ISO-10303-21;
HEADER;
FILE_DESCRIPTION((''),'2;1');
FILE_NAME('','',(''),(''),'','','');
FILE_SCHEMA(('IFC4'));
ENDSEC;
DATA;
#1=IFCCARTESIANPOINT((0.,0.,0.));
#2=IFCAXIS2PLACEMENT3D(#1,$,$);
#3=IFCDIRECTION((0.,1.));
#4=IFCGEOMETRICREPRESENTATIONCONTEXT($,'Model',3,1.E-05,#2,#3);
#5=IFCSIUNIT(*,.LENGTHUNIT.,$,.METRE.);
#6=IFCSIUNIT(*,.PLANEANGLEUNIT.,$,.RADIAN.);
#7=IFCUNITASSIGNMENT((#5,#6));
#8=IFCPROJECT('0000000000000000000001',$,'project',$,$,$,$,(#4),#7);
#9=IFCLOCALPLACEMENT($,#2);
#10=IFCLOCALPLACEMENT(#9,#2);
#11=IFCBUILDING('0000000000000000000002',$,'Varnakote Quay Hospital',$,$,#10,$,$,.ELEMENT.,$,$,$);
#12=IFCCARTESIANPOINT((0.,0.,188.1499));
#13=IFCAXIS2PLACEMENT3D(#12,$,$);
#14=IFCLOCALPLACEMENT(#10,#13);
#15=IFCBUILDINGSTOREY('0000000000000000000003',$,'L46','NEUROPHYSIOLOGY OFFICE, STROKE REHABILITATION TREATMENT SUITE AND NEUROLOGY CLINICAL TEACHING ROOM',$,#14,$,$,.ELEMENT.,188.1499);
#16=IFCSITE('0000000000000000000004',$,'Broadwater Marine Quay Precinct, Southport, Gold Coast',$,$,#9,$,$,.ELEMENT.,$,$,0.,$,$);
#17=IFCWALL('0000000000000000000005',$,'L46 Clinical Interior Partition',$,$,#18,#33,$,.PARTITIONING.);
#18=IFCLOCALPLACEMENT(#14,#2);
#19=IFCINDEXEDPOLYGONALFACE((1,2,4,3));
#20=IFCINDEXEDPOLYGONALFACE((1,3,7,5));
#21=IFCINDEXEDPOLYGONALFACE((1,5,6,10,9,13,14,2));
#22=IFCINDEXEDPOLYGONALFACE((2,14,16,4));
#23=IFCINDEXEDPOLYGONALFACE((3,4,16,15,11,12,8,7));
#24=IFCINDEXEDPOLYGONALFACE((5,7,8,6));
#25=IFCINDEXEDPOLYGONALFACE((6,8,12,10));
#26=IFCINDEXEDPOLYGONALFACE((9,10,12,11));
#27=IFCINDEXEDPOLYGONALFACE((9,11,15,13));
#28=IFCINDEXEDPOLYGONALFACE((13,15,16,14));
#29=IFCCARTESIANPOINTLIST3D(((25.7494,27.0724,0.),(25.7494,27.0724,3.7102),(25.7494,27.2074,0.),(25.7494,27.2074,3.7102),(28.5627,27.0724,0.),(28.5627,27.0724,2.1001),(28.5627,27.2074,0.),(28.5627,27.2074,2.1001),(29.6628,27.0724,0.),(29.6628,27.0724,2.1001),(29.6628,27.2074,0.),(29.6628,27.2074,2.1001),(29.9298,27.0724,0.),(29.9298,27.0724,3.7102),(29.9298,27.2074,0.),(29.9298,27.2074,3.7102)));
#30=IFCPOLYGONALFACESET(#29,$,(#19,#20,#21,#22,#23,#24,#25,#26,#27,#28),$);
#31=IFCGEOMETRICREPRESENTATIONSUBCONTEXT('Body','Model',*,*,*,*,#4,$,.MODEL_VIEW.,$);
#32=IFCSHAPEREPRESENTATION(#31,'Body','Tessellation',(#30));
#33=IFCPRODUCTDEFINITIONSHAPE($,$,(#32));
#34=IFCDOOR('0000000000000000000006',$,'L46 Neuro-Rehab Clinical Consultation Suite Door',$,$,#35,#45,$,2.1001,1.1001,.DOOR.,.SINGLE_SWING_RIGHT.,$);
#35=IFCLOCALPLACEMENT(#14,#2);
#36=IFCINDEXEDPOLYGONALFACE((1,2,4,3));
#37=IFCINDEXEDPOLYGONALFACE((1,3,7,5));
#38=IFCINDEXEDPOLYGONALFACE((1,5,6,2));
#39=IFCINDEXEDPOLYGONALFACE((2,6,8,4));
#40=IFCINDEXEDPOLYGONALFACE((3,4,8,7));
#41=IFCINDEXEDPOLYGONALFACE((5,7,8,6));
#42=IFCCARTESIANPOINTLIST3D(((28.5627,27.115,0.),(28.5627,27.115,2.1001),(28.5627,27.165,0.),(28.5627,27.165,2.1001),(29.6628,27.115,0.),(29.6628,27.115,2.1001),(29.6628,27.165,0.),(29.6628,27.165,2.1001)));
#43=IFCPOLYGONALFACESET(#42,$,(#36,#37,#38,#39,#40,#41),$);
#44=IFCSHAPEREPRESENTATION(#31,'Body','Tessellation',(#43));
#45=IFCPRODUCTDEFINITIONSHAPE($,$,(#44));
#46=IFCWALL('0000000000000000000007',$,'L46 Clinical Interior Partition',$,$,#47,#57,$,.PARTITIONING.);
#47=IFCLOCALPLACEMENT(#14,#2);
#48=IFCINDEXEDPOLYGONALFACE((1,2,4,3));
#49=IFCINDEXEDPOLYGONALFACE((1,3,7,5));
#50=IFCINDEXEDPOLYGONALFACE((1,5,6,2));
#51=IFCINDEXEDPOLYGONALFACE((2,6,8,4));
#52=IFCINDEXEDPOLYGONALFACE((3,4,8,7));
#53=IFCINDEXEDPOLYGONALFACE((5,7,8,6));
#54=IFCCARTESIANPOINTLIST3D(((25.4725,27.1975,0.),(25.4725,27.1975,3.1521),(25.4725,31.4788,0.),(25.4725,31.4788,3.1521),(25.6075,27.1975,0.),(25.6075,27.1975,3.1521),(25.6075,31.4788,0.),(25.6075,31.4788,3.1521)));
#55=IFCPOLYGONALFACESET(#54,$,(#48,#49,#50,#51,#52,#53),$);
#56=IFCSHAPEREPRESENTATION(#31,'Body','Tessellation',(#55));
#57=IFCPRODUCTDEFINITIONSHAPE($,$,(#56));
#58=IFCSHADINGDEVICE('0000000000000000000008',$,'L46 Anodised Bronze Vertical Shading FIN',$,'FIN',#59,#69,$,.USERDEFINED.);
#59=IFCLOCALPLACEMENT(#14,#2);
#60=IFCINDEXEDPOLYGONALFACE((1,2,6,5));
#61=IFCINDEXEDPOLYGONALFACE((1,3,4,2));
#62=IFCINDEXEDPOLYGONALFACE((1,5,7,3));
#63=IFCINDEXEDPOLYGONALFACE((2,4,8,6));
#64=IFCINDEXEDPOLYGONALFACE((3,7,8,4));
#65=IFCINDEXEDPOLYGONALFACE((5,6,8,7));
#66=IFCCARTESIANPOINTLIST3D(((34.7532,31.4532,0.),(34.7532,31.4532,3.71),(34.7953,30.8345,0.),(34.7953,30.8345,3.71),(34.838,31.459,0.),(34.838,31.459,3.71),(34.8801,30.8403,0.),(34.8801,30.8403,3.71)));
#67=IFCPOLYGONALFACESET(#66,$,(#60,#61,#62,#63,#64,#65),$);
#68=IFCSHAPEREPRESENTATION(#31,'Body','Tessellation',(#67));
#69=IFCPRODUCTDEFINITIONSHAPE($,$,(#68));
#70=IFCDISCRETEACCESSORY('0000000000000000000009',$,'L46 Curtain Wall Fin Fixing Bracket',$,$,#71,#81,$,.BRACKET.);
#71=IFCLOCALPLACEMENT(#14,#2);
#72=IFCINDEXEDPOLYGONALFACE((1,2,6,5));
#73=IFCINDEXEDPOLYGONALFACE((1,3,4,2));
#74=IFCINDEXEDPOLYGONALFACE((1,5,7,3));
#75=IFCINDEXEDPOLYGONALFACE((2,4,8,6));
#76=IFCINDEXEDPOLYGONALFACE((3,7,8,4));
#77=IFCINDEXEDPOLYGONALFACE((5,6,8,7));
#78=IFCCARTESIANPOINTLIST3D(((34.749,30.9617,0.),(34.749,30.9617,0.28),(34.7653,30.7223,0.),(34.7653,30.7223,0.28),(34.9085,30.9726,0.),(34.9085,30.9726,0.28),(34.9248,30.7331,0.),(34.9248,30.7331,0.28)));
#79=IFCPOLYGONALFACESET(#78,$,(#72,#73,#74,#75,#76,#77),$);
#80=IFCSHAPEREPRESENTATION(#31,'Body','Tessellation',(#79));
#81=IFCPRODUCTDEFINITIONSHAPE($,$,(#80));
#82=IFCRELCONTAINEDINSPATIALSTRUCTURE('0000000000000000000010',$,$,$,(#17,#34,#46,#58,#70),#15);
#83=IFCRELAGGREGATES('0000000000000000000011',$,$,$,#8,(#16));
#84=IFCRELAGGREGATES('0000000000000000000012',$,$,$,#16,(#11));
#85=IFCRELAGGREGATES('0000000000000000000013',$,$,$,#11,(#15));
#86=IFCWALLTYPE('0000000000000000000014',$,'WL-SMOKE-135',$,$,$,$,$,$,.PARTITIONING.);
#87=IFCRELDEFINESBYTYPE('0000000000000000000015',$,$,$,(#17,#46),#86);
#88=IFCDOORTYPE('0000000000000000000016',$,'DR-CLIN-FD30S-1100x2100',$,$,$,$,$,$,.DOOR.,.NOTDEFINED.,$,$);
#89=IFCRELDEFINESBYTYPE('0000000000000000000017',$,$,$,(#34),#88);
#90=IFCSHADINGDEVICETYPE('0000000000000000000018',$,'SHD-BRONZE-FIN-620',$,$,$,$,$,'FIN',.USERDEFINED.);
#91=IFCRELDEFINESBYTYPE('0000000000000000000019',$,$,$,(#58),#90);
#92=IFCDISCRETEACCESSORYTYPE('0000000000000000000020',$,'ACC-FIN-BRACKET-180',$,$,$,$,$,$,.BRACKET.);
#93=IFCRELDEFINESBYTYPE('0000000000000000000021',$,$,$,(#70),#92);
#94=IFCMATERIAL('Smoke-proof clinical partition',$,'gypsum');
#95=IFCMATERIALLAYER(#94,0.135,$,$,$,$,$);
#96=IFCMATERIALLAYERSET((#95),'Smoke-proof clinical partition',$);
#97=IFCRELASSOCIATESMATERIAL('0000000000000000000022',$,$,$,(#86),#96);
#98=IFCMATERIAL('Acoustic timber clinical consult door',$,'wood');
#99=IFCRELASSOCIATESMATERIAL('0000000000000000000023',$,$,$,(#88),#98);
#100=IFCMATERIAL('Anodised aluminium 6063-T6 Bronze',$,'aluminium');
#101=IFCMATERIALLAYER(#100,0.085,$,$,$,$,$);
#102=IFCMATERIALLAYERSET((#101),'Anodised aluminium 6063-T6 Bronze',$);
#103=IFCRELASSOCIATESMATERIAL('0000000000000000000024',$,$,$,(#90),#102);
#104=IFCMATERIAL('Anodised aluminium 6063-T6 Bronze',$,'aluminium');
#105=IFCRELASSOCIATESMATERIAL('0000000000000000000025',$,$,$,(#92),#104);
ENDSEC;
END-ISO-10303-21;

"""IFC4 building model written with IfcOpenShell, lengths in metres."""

from ifc_helpers import new_model, si_unit, direction, frame, frame_2d, origin, origin_2d, place, context, subcontext, project, spatial, rectangle, extrude, material, layer, layer_set, type_object, element, fill, save


model = new_model("IFC4")

# Units and contexts
model_context = context("Model", 3, precision=1e-05, world=origin(), true_north=direction((0.0, 1.0)))
body_context = subcontext(model_context, "Body", "Model", "MODEL_VIEW")
ifc_project = project(units=[si_unit("LENGTHUNIT", "METRE"), si_unit("PLANEANGLEUNIT", "RADIAN")], contexts=[model_context])

# Site, building, storey
site_placement = place(None, origin())
site = spatial("IfcSite", under=ifc_project, at=site_placement, Name="Broadwater Marine Quay Precinct, Southport, Gold Coast", CompositionType="ELEMENT", RefElevation=0.0)
building_placement = place(site_placement, origin())
building = spatial("IfcBuilding", under=site, at=building_placement, Name="Varnakote Quay Hospital", CompositionType="ELEMENT")
storey_placement = place(building_placement, frame((0.0, 0.0, 188.1499)))
storey = spatial("IfcBuildingStorey", under=building, at=storey_placement, Name="L46", Description="NEUROPHYSIOLOGY OFFICE, STROKE REHABILITATION TREATMENT SUITE AND NEUROLOGY CLINICAL TEACHING ROOM", CompositionType="ELEMENT", Elevation=188.1499)

# Shared definitions
ifc_material_1 = material(Name="Smoke-proof clinical partition", Category="gypsum")
ifc_layer_1 = layer(ifc_material_1, 0.135)
ifc_layer_set_1 = layer_set([ifc_layer_1], Name="Smoke-proof clinical partition")
wall_type_1 = type_object("IfcWallType", Name="WL-SMOKE-135", PredefinedType="PARTITIONING", material=ifc_layer_set_1)

# Shared definitions
ifc_material_2 = material(Name="Acoustic timber clinical consult door", Category="wood")
door_type = type_object("IfcDoorType", Name="DR-CLIN-FD30S-1100x2100", OperationType="NOTDEFINED", PredefinedType="DOOR", material=ifc_material_2)

# Wall, opening, door
wall_1_placement = place(storey_placement, frame((29.9299, 27.1399, 0.0), z_axis=(0.0, 0.0, 1.0), x_axis=(-1.0, 0.0, 0.0)))
wall_1 = element("IfcWall", 1, at=wall_1_placement, inside=storey, type_object=wall_type_1, Name="L46 Clinical Interior Partition", PredefinedType="PARTITIONING", context=body_context, shape_type="SweptSolid", body=[
    extrude(rectangle(XDim=4.1804, YDim=0.135, at=frame_2d((2.0903, 0.0))), origin(), (0.0, 0.0, 1.0), 3.7102),
])
opening_1_placement = place(wall_1_placement, frame((0.2671, 0.0, 0.0)))
opening_1 = element("IfcOpeningElement", 2, at=opening_1_placement, cuts=wall_1, PredefinedType="OPENING", context=body_context, shape_type="SweptSolid", body=[
    extrude(rectangle(XDim=1.1001, YDim=2.1001, at=frame_2d((0.55, 1.05))), frame((0.0, 0.0774, 0.0), z_axis=(0.0, -1.0, 0.0), x_axis=(1.0, 0.0, 0.0)), (0.0, 0.0, 1.0), 0.155),
])
door_1_placement = place(opening_1_placement, origin())
door_1 = element("IfcDoor", 3, at=door_1_placement, inside=storey, type_object=door_type, Name="L46 Neuro-Rehab Clinical Consultation Suite Door", OperationType="SINGLE_SWING_RIGHT", OverallHeight=2.1001, OverallWidth=1.1001, PredefinedType="DOOR", context=body_context, shape_type="SweptSolid", body=[
    extrude(rectangle(XDim=1.1001, YDim=2.1001, at=frame_2d((0.55, 1.05))), frame((0.0, 0.0249, 0.0), z_axis=(0.0, -1.0, 0.0), x_axis=(1.0, 0.0, 0.0)), (0.0, 0.0, 1.0), 0.05),
])
fill(opening_1, door_1)

# Wall
wall_2_placement = place(storey_placement, frame((25.54, 27.1975, 0.0), z_axis=(0.0, 0.0, 1.0), x_axis=(0.0, 1.0, 0.0)))
element("IfcWall", 4, at=wall_2_placement, inside=storey, type_object=wall_type_1, Name="L46 Clinical Interior Partition", PredefinedType="PARTITIONING", context=body_context, shape_type="SweptSolid", body=[
    extrude(rectangle(XDim=4.2812, YDim=0.135, at=frame_2d((2.1406, 0.0))), origin(), (0.0, 0.0, 1.0), 3.1521),
])

# Shading device
ifc_material_3 = material(Name="Anodised aluminium 6063-T6 Bronze", Category="aluminium")
ifc_layer_2 = layer(ifc_material_3, 0.085)
ifc_layer_set_2 = layer_set([ifc_layer_2], Name="Anodised aluminium 6063-T6 Bronze")
shading_device_type = type_object("IfcShadingDeviceType", Name="SHD-BRONZE-FIN-620", ElementType="FIN", PredefinedType="USERDEFINED", material=ifc_layer_set_2)
shading_device_placement = place(storey_placement, frame((34.8167, 31.1467, 0.0), z_axis=(0.0, 0.0, 1.0), x_axis=(0.067841, -0.997696, 0.0)))
element("IfcShadingDevice", 5, at=shading_device_placement, inside=storey, type_object=shading_device_type, Name="L46 Anodised Bronze Vertical Shading FIN", ObjectType="FIN", PredefinedType="USERDEFINED", context=body_context, shape_type="SweptSolid", body=[
    extrude(rectangle(XDim=0.6201, YDim=0.085, at=origin_2d()), origin(), (0.0, 0.0, 1.0), 3.71),
])

# Discrete accessory
ifc_material_4 = material(Name="Anodised aluminium 6063-T6 Bronze", Category="aluminium")
discrete_accessory_type = type_object("IfcDiscreteAccessoryType", Name="ACC-FIN-BRACKET-180", PredefinedType="BRACKET", material=ifc_material_4)
discrete_accessory_placement = place(storey_placement, frame((34.8369, 30.8474, 0.0), z_axis=(0.0, 0.0, 1.0), x_axis=(-0.997696, -0.067841, 0.0)))
element("IfcDiscreteAccessory", 6, at=discrete_accessory_placement, inside=storey, type_object=discrete_accessory_type, Name="L46 Curtain Wall Fin Fixing Bracket", PredefinedType="BRACKET", context=body_context, shape_type="SweptSolid", body=[
    extrude(rectangle(XDim=0.1599, YDim=0.24, at=origin_2d()), origin(), (0.0, 0.0, 1.0), 0.28),
])

save(model, "model.ifc")
